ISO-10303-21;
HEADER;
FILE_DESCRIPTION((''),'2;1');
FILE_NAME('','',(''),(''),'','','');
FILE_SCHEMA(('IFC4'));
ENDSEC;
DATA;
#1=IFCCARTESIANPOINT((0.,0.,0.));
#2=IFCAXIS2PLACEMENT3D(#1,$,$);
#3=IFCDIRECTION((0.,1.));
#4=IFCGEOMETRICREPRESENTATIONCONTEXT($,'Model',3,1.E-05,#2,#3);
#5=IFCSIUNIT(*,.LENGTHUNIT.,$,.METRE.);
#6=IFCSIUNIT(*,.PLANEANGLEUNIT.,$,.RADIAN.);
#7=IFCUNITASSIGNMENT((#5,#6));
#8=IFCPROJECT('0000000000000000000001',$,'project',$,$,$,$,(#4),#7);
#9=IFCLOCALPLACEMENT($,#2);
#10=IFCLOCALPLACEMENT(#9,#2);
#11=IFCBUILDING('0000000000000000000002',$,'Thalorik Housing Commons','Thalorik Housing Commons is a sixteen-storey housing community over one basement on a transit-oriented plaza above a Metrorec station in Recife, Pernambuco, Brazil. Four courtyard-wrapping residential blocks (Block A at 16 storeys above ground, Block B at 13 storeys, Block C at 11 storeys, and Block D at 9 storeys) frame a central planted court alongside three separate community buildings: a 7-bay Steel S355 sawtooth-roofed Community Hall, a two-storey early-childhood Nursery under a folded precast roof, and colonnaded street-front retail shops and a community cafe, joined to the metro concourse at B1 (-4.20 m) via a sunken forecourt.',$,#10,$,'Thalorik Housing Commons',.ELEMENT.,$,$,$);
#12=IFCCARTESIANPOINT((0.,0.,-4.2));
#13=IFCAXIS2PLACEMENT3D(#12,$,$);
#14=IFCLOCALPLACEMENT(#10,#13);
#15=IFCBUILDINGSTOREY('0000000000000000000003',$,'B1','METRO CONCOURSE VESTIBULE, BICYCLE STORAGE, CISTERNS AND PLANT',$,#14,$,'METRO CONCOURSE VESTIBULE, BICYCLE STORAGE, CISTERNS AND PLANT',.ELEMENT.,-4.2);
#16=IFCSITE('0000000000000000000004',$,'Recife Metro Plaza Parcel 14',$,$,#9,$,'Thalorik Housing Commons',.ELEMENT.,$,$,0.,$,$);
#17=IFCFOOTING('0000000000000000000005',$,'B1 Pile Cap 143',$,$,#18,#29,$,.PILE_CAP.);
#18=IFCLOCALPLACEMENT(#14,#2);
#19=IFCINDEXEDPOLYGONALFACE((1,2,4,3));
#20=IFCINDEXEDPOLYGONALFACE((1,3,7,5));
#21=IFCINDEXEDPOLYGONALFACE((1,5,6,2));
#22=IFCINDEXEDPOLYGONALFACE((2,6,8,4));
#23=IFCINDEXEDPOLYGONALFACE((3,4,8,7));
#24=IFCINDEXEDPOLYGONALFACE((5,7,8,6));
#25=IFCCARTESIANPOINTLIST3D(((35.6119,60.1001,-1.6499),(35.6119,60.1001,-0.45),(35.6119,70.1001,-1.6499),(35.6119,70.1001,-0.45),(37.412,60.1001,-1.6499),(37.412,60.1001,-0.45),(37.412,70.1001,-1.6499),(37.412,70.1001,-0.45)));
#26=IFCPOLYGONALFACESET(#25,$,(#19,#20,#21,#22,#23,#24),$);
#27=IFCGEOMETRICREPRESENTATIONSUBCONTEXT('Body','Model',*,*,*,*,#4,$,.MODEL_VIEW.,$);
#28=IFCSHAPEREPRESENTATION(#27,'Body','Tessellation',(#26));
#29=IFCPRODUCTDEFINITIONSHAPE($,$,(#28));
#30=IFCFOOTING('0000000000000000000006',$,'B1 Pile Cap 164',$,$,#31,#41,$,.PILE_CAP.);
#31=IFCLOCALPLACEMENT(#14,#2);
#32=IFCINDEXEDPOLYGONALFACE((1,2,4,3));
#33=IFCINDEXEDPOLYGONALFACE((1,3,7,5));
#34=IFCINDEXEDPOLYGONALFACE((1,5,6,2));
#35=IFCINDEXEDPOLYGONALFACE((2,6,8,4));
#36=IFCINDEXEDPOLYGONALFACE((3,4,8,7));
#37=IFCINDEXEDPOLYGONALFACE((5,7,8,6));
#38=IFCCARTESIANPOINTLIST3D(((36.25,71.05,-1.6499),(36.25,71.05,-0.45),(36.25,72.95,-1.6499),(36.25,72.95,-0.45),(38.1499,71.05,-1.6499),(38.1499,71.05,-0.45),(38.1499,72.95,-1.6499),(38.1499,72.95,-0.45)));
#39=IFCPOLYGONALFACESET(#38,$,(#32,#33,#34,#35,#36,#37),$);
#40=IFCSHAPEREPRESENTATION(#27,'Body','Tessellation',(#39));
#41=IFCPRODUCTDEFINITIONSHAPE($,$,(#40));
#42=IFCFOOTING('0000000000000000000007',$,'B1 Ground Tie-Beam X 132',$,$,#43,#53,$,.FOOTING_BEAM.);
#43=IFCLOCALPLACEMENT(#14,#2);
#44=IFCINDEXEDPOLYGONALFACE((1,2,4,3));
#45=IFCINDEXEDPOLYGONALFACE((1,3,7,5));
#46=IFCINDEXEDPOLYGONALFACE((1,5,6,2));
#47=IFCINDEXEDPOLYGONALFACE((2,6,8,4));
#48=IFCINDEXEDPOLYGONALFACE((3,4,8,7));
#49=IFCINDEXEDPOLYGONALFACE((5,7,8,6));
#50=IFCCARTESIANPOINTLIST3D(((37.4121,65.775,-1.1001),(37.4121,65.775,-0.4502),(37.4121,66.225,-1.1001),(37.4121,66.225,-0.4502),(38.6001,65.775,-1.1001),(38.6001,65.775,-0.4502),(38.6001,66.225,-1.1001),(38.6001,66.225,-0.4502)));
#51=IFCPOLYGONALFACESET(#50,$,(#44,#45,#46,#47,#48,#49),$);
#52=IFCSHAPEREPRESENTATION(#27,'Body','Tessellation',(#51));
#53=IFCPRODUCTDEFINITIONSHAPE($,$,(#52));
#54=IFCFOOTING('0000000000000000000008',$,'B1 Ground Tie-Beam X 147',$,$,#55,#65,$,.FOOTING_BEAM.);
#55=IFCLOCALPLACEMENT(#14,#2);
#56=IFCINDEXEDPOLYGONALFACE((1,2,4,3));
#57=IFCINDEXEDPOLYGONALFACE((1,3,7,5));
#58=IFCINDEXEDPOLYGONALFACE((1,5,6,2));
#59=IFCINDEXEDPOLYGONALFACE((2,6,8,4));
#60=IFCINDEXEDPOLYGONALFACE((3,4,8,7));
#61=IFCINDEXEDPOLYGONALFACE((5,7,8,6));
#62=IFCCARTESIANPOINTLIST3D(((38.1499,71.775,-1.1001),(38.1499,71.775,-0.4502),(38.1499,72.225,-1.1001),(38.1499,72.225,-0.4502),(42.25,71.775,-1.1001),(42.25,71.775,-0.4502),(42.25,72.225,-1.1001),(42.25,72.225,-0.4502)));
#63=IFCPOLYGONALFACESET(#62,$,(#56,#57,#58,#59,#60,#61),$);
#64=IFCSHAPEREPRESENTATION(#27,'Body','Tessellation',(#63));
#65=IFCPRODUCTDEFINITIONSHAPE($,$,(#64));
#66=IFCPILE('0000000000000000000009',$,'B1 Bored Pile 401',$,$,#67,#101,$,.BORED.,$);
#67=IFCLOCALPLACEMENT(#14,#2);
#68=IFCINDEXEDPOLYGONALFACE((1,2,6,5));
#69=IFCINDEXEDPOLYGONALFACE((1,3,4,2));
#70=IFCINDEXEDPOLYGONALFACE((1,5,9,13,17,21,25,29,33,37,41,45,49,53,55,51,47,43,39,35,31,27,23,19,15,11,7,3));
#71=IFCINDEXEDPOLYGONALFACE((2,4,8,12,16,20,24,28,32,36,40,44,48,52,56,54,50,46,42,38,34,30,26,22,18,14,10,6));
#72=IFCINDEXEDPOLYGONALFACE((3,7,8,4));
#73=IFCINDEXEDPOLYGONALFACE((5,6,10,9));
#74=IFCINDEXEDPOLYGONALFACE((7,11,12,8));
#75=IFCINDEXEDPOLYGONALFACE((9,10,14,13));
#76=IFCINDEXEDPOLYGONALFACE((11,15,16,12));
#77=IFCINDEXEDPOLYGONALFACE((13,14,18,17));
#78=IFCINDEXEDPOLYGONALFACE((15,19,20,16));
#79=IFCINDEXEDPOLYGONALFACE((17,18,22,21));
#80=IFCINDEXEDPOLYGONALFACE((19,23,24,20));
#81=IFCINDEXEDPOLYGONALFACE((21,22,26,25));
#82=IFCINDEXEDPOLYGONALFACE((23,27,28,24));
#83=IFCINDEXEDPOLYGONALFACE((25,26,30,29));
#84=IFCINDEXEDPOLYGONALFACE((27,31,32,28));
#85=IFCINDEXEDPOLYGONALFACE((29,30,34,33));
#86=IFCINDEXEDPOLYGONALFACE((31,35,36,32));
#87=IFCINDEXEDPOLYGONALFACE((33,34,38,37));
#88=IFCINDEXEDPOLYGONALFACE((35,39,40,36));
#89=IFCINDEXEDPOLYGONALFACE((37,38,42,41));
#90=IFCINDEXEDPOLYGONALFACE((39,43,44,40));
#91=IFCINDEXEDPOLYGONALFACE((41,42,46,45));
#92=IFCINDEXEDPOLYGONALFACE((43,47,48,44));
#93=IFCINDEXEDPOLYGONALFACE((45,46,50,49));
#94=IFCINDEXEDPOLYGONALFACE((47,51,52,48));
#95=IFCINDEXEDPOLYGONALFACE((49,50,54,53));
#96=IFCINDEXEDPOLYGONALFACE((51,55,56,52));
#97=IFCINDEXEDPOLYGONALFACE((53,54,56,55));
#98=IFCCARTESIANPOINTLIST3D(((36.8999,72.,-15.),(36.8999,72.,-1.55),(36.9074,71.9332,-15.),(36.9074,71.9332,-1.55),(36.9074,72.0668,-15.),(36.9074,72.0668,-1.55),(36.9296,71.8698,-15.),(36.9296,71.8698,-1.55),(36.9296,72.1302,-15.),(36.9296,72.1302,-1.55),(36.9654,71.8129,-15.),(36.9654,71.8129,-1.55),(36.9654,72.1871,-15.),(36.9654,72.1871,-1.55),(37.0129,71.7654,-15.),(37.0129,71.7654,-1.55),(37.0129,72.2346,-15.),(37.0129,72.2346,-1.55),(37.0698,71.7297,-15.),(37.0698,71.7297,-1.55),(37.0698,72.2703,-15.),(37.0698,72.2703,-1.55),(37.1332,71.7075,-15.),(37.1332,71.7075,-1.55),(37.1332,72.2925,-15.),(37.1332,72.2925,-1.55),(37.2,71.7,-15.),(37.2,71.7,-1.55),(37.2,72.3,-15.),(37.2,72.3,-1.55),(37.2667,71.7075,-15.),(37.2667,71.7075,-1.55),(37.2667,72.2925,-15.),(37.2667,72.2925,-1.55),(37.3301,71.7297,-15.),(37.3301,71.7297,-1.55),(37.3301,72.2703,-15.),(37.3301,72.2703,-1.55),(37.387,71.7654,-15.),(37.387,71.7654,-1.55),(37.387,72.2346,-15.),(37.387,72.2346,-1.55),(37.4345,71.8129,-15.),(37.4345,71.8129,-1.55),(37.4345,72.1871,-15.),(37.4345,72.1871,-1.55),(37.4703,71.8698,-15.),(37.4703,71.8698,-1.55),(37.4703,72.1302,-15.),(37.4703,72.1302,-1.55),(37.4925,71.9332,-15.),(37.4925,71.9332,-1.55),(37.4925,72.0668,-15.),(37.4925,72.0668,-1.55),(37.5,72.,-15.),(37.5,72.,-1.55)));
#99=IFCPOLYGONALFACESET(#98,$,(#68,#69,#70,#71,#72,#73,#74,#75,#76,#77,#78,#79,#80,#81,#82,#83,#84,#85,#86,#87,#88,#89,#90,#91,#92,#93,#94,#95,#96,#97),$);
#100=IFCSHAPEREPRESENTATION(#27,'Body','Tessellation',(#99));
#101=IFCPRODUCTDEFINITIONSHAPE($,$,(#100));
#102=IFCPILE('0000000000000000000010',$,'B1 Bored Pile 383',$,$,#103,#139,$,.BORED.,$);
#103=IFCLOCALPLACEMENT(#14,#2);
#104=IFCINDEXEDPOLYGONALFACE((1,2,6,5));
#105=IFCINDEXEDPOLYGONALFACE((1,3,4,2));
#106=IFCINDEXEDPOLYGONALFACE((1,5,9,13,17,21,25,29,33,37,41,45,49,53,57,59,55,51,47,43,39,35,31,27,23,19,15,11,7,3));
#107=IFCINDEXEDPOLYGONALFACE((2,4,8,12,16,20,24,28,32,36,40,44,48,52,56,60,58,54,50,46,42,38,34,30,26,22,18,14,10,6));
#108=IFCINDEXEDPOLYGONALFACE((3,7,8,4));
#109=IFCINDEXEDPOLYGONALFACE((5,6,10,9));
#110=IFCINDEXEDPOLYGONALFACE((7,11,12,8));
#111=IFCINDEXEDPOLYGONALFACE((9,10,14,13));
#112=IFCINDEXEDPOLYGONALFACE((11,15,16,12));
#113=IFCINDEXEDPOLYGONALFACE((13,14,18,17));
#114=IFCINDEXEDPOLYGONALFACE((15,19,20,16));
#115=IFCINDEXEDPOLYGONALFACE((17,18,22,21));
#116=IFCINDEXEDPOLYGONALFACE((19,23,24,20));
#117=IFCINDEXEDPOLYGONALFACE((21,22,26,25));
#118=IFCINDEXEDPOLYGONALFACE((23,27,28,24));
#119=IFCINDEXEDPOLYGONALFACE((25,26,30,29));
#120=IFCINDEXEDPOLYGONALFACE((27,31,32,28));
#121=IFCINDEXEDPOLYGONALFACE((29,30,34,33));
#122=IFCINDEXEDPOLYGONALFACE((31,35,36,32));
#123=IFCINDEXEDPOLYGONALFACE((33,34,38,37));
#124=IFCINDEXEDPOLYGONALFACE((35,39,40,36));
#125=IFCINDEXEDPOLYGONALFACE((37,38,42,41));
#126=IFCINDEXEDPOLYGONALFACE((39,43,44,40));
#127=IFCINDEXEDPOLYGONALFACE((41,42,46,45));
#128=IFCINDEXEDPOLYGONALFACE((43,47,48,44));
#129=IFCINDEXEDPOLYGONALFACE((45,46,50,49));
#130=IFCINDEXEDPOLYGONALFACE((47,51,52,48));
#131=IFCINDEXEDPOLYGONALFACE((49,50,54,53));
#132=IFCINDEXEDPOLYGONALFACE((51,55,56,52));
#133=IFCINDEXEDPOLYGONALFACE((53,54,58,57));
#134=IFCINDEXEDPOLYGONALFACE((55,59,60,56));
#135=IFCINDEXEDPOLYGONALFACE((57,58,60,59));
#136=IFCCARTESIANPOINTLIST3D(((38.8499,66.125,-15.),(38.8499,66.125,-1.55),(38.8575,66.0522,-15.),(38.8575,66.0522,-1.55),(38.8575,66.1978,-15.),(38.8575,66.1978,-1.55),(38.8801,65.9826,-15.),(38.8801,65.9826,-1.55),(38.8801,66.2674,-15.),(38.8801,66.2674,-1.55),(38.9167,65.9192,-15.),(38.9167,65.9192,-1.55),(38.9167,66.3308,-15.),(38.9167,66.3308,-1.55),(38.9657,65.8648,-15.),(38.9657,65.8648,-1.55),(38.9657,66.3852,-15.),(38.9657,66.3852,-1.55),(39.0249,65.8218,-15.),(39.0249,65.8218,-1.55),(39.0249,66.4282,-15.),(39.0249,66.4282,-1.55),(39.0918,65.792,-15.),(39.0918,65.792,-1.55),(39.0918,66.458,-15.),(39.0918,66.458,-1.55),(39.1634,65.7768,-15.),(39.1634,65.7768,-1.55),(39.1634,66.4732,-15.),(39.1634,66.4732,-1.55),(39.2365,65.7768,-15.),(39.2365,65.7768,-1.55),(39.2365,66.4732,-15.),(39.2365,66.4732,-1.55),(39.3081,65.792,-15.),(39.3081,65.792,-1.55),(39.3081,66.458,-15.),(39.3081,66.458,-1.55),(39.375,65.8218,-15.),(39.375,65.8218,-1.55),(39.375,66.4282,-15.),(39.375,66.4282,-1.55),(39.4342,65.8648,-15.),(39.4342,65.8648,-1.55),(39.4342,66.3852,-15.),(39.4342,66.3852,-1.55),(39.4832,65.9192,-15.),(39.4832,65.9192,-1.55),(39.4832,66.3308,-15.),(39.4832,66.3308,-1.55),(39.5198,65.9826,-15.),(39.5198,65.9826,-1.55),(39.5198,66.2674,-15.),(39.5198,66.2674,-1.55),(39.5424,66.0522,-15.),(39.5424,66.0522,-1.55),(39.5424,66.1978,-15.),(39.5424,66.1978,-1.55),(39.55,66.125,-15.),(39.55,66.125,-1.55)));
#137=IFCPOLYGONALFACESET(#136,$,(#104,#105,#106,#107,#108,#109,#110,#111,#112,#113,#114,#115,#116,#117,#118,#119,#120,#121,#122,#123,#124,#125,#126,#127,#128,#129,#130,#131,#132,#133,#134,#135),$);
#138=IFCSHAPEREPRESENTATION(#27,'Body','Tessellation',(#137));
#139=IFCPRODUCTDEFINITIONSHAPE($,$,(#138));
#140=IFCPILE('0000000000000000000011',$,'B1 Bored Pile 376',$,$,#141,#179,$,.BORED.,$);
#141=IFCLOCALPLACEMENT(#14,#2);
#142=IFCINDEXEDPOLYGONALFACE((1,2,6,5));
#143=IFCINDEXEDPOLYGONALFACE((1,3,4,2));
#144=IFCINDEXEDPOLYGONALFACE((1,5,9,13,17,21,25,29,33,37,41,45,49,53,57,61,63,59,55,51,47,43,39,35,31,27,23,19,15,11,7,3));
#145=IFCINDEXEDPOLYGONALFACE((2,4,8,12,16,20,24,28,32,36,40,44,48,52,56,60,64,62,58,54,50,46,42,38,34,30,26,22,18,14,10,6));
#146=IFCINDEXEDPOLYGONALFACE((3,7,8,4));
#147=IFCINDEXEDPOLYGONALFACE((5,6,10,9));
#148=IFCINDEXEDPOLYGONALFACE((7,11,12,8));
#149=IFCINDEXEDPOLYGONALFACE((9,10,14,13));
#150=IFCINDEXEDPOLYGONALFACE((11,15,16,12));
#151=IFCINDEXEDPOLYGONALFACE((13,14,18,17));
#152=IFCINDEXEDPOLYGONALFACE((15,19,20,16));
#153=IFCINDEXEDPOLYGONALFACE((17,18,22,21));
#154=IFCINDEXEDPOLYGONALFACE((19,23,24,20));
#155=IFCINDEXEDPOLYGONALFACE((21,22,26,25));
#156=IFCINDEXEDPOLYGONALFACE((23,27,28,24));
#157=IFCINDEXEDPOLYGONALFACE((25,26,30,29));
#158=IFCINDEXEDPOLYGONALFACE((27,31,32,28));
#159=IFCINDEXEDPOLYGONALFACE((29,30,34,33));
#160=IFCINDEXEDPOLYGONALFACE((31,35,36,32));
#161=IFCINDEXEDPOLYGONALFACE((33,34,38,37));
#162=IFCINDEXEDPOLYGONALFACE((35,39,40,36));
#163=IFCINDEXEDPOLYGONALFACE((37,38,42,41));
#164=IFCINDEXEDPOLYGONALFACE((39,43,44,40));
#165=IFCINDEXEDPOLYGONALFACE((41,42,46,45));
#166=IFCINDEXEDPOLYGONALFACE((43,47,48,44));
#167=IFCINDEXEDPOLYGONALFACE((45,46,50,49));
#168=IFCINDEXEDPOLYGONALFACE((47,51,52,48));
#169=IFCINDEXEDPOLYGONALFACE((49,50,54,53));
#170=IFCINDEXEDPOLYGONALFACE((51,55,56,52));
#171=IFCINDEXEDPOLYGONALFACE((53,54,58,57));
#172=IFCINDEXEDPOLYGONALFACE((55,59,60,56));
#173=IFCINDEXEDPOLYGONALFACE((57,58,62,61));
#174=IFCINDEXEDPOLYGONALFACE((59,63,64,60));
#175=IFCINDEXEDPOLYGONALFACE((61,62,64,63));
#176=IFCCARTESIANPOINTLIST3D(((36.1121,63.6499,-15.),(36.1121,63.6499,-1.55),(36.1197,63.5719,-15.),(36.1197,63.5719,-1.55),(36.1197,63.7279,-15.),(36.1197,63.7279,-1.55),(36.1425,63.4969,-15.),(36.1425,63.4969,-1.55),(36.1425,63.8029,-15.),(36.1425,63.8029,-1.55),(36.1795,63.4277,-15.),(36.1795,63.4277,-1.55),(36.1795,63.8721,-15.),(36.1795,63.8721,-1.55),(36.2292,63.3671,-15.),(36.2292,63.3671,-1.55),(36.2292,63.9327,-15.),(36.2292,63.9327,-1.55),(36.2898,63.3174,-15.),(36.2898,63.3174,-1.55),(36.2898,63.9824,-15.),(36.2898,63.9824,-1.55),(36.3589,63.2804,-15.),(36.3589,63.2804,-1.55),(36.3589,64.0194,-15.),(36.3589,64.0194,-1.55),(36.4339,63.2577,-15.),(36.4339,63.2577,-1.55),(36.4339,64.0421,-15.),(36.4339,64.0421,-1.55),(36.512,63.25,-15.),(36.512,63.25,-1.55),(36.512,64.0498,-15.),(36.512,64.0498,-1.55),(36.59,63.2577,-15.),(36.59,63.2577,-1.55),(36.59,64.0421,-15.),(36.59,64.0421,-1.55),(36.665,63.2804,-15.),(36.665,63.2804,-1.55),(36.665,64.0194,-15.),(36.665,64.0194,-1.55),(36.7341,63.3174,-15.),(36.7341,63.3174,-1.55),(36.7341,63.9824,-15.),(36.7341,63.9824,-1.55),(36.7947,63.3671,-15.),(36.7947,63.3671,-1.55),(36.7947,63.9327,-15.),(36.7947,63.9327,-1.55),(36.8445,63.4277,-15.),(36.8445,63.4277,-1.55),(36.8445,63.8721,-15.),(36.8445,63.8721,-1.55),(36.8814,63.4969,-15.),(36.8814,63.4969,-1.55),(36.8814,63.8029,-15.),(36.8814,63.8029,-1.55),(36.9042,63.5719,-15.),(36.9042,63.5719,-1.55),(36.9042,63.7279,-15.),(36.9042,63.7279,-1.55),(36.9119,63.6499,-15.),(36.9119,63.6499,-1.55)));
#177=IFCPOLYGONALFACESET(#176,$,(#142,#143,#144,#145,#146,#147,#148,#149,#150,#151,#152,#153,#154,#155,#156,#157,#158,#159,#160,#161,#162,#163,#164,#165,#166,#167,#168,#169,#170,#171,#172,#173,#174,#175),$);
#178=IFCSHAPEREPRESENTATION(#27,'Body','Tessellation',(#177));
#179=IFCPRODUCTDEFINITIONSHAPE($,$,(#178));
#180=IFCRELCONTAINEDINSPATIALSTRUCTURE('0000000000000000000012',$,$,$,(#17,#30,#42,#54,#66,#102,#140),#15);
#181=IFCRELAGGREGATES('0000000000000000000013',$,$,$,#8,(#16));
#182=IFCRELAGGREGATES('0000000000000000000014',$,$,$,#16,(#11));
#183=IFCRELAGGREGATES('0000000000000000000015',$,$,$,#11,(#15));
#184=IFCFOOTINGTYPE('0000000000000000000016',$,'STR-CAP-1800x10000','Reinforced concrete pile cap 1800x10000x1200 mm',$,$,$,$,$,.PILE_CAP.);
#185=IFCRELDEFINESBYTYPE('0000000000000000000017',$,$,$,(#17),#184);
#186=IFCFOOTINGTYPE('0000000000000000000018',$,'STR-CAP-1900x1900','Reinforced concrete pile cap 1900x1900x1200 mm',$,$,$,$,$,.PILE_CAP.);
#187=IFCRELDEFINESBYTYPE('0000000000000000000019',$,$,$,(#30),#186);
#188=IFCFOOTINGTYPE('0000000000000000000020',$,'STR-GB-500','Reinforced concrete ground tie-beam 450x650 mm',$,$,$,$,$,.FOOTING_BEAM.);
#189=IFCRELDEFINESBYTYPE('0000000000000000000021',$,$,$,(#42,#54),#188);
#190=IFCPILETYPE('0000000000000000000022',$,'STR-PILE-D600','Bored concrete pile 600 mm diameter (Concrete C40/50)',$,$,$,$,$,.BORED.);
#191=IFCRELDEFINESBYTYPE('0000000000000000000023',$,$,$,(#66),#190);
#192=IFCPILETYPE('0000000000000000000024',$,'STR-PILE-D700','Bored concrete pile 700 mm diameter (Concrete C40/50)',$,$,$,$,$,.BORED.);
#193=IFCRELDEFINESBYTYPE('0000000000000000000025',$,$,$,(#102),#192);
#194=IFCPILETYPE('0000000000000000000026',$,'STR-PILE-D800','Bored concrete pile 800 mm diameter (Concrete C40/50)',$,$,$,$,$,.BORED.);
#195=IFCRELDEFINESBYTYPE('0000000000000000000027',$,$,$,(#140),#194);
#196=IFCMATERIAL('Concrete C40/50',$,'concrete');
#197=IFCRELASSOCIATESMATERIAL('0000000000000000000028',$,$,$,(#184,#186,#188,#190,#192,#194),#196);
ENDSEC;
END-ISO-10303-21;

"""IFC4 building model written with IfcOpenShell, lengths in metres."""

from ifc_helpers import new_model, si_unit, direction, frame, origin, origin_2d, place, context, subcontext, project, spatial, rectangle, circle, extrude, material, material_profile, profile_set, type_object, element, save


model = new_model("IFC4")

# Units and contexts
model_context = context("Model", 3, precision=1e-05, world=origin(), true_north=direction((0.0, 1.0)))
body_context = subcontext(model_context, "Body", "Model", "MODEL_VIEW")
ifc_project = project(units=[si_unit("LENGTHUNIT", "METRE"), si_unit("PLANEANGLEUNIT", "RADIAN")], contexts=[model_context])

# Site, building, storey
site_placement = place(None, origin())
site = spatial("IfcSite", under=ifc_project, at=site_placement, Name="Recife Metro Plaza Parcel 14", LongName="Thalorik Housing Commons", CompositionType="ELEMENT", RefElevation=0.0)
building_placement = place(site_placement, origin())
building = spatial("IfcBuilding", under=site, at=building_placement, Name="Thalorik Housing Commons", Description="Thalorik Housing Commons is a sixteen-storey housing community over one basement on a transit-oriented plaza above a Metrorec station in Recife, Pernambuco, Brazil. Four courtyard-wrapping residential blocks (Block A at 16 storeys above ground, Block B at 13 storeys, Block C at 11 storeys, and Block D at 9 storeys) frame a central planted court alongside three separate community buildings: a 7-bay Steel S355 sawtooth-roofed Community Hall, a two-storey early-childhood Nursery under a folded precast roof, and colonnaded street-front retail shops and a community cafe, joined to the metro concourse at B1 (-4.20 m) via a sunken forecourt.", LongName="Thalorik Housing Commons", CompositionType="ELEMENT")
storey_placement = place(building_placement, frame((0.0, 0.0, -4.2)))
storey = spatial("IfcBuildingStorey", under=building, at=storey_placement, Name="B1", Description="METRO CONCOURSE VESTIBULE, BICYCLE STORAGE, CISTERNS AND PLANT", LongName="METRO CONCOURSE VESTIBULE, BICYCLE STORAGE, CISTERNS AND PLANT", CompositionType="ELEMENT", Elevation=-4.2)

# Footings
ifc_material_1 = material(Name="Concrete C40/50", Category="concrete")
footing_type_1 = type_object("IfcFootingType", Name="STR-CAP-1800x10000", Description="Reinforced concrete pile cap 1800x10000x1200 mm", PredefinedType="PILE_CAP", material=ifc_material_1)
footing_1_placement = place(storey_placement, frame((36.512, 65.1001, -1.6499), z_axis=(0.0, 0.0, 1.0), x_axis=(1.0, 0.0, 0.0)))
element("IfcFooting", 1, at=footing_1_placement, inside=storey, type_object=footing_type_1, Name="B1 Pile Cap 143", PredefinedType="PILE_CAP", context=body_context, shape_type="SweptSolid", body=[
    extrude(rectangle(XDim=1.8, YDim=10.0, at=origin_2d()), origin(), (0.0, 0.0, 1.0), 1.2),
])
footing_type_2 = type_object("IfcFootingType", Name="STR-CAP-1900x1900", Description="Reinforced concrete pile cap 1900x1900x1200 mm", PredefinedType="PILE_CAP", material=ifc_material_1)
footing_2_placement = place(storey_placement, frame((37.2, 72.0, -1.6499), z_axis=(0.0, 0.0, 1.0), x_axis=(1.0, 0.0, 0.0)))
element("IfcFooting", 2, at=footing_2_placement, inside=storey, type_object=footing_type_2, Name="B1 Pile Cap 164", PredefinedType="PILE_CAP", context=body_context, shape_type="SweptSolid", body=[
    extrude(rectangle(XDim=1.8999, YDim=1.8999, at=origin_2d()), origin(), (0.0, 0.0, 1.0), 1.2),
])
ifc_material_profile_1 = material_profile(ifc_material_1, rectangle(XDim=0.45, YDim=0.6499, at=origin_2d()), Name="RC 450x650", Category="concrete")
ifc_profile_set_1 = profile_set([ifc_material_profile_1], Name="Concrete C40/50")
footing_type_3 = type_object("IfcFootingType", Name="STR-GB-500", Description="Reinforced concrete ground tie-beam 450x650 mm", PredefinedType="FOOTING_BEAM", material=ifc_profile_set_1)
footing_3_placement = place(storey_placement, frame((37.4121, 66.0, -0.7751), z_axis=(1.0, 0.0, 0.0), x_axis=(0.0, 1.0, 0.0)))
element("IfcFooting", 3, at=footing_3_placement, inside=storey, type_object=footing_type_3, Name="B1 Ground Tie-Beam X 132", PredefinedType="FOOTING_BEAM", context=body_context, shape_type="SweptSolid", body=[
    extrude(rectangle(XDim=0.45, YDim=0.6499, at=origin_2d()), origin(), (0.0, 0.0, 1.0), 1.188),
])
footing_4_placement = place(storey_placement, frame((38.1499, 72.0, -0.7751), z_axis=(1.0, 0.0, 0.0), x_axis=(0.0, 1.0, 0.0)))
element("IfcFooting", 4, at=footing_4_placement, inside=storey, type_object=footing_type_3, Name="B1 Ground Tie-Beam X 147", PredefinedType="FOOTING_BEAM", context=body_context, shape_type="SweptSolid", body=[
    extrude(rectangle(XDim=0.45, YDim=0.6499, at=origin_2d()), origin(), (0.0, 0.0, 1.0), 4.1001),
])

# Piles
ifc_material_profile_2 = material_profile(ifc_material_1, circle(Radius=0.3, at=origin_2d()), Name="BORED PILE D600", Category="concrete")
ifc_profile_set_2 = profile_set([ifc_material_profile_2], Name="Concrete C40/50")
pile_type_1 = type_object("IfcPileType", Name="STR-PILE-D600", Description="Bored concrete pile 600 mm diameter (Concrete C40/50)", PredefinedType="BORED", material=ifc_profile_set_2)
pile_1_placement = place(storey_placement, frame((37.2, 72.0, -1.55), z_axis=(0.0, 0.0, -1.0), x_axis=(1.0, 0.0, 0.0)))
element("IfcPile", 5, at=pile_1_placement, inside=storey, type_object=pile_type_1, Name="B1 Bored Pile 401", PredefinedType="BORED", context=body_context, shape_type="SweptSolid", body=[
    extrude(circle(Radius=0.3, at=origin_2d()), origin(), (0.0, 0.0, 1.0), 13.45),
])
ifc_material_profile_3 = material_profile(ifc_material_1, circle(Radius=0.3501, at=origin_2d()), Name="BORED PILE D700", Category="concrete")
ifc_profile_set_3 = profile_set([ifc_material_profile_3], Name="Concrete C40/50")
pile_type_2 = type_object("IfcPileType", Name="STR-PILE-D700", Description="Bored concrete pile 700 mm diameter (Concrete C40/50)", PredefinedType="BORED", material=ifc_profile_set_3)
pile_2_placement = place(storey_placement, frame((39.2, 66.125, -1.55), z_axis=(0.0, 0.0, -1.0), x_axis=(1.0, 0.0, 0.0)))
element("IfcPile", 6, at=pile_2_placement, inside=storey, type_object=pile_type_2, Name="B1 Bored Pile 383", PredefinedType="BORED", context=body_context, shape_type="SweptSolid", body=[
    extrude(circle(Radius=0.3501, at=origin_2d()), origin(), (0.0, 0.0, 1.0), 13.45),
])
ifc_material_profile_4 = material_profile(ifc_material_1, circle(Radius=0.3999, at=origin_2d()), Name="BORED PILE D800", Category="concrete")
ifc_profile_set_4 = profile_set([ifc_material_profile_4], Name="Concrete C40/50")
pile_type_3 = type_object("IfcPileType", Name="STR-PILE-D800", Description="Bored concrete pile 800 mm diameter (Concrete C40/50)", PredefinedType="BORED", material=ifc_profile_set_4)
for number, where, z_axis, x_axis, name in (
    (7, (36.512, 63.6499, -1.55), (0.0, 0.0, -1.0), (1.0, 0.0, 0.0), "B1 Bored Pile 376"),
):
    element("IfcPile", number, at=place(storey_placement, frame(where, z_axis=z_axis, x_axis=x_axis)), inside=storey, type_object=pile_type_3, Name=name, PredefinedType="BORED", context=body_context, shape_type="SweptSolid", body=[
        extrude(circle(Radius=0.3999, at=origin_2d()), origin(), (0.0, 0.0, 1.0), 13.45),
    ])

save(model, "model.ifc")
